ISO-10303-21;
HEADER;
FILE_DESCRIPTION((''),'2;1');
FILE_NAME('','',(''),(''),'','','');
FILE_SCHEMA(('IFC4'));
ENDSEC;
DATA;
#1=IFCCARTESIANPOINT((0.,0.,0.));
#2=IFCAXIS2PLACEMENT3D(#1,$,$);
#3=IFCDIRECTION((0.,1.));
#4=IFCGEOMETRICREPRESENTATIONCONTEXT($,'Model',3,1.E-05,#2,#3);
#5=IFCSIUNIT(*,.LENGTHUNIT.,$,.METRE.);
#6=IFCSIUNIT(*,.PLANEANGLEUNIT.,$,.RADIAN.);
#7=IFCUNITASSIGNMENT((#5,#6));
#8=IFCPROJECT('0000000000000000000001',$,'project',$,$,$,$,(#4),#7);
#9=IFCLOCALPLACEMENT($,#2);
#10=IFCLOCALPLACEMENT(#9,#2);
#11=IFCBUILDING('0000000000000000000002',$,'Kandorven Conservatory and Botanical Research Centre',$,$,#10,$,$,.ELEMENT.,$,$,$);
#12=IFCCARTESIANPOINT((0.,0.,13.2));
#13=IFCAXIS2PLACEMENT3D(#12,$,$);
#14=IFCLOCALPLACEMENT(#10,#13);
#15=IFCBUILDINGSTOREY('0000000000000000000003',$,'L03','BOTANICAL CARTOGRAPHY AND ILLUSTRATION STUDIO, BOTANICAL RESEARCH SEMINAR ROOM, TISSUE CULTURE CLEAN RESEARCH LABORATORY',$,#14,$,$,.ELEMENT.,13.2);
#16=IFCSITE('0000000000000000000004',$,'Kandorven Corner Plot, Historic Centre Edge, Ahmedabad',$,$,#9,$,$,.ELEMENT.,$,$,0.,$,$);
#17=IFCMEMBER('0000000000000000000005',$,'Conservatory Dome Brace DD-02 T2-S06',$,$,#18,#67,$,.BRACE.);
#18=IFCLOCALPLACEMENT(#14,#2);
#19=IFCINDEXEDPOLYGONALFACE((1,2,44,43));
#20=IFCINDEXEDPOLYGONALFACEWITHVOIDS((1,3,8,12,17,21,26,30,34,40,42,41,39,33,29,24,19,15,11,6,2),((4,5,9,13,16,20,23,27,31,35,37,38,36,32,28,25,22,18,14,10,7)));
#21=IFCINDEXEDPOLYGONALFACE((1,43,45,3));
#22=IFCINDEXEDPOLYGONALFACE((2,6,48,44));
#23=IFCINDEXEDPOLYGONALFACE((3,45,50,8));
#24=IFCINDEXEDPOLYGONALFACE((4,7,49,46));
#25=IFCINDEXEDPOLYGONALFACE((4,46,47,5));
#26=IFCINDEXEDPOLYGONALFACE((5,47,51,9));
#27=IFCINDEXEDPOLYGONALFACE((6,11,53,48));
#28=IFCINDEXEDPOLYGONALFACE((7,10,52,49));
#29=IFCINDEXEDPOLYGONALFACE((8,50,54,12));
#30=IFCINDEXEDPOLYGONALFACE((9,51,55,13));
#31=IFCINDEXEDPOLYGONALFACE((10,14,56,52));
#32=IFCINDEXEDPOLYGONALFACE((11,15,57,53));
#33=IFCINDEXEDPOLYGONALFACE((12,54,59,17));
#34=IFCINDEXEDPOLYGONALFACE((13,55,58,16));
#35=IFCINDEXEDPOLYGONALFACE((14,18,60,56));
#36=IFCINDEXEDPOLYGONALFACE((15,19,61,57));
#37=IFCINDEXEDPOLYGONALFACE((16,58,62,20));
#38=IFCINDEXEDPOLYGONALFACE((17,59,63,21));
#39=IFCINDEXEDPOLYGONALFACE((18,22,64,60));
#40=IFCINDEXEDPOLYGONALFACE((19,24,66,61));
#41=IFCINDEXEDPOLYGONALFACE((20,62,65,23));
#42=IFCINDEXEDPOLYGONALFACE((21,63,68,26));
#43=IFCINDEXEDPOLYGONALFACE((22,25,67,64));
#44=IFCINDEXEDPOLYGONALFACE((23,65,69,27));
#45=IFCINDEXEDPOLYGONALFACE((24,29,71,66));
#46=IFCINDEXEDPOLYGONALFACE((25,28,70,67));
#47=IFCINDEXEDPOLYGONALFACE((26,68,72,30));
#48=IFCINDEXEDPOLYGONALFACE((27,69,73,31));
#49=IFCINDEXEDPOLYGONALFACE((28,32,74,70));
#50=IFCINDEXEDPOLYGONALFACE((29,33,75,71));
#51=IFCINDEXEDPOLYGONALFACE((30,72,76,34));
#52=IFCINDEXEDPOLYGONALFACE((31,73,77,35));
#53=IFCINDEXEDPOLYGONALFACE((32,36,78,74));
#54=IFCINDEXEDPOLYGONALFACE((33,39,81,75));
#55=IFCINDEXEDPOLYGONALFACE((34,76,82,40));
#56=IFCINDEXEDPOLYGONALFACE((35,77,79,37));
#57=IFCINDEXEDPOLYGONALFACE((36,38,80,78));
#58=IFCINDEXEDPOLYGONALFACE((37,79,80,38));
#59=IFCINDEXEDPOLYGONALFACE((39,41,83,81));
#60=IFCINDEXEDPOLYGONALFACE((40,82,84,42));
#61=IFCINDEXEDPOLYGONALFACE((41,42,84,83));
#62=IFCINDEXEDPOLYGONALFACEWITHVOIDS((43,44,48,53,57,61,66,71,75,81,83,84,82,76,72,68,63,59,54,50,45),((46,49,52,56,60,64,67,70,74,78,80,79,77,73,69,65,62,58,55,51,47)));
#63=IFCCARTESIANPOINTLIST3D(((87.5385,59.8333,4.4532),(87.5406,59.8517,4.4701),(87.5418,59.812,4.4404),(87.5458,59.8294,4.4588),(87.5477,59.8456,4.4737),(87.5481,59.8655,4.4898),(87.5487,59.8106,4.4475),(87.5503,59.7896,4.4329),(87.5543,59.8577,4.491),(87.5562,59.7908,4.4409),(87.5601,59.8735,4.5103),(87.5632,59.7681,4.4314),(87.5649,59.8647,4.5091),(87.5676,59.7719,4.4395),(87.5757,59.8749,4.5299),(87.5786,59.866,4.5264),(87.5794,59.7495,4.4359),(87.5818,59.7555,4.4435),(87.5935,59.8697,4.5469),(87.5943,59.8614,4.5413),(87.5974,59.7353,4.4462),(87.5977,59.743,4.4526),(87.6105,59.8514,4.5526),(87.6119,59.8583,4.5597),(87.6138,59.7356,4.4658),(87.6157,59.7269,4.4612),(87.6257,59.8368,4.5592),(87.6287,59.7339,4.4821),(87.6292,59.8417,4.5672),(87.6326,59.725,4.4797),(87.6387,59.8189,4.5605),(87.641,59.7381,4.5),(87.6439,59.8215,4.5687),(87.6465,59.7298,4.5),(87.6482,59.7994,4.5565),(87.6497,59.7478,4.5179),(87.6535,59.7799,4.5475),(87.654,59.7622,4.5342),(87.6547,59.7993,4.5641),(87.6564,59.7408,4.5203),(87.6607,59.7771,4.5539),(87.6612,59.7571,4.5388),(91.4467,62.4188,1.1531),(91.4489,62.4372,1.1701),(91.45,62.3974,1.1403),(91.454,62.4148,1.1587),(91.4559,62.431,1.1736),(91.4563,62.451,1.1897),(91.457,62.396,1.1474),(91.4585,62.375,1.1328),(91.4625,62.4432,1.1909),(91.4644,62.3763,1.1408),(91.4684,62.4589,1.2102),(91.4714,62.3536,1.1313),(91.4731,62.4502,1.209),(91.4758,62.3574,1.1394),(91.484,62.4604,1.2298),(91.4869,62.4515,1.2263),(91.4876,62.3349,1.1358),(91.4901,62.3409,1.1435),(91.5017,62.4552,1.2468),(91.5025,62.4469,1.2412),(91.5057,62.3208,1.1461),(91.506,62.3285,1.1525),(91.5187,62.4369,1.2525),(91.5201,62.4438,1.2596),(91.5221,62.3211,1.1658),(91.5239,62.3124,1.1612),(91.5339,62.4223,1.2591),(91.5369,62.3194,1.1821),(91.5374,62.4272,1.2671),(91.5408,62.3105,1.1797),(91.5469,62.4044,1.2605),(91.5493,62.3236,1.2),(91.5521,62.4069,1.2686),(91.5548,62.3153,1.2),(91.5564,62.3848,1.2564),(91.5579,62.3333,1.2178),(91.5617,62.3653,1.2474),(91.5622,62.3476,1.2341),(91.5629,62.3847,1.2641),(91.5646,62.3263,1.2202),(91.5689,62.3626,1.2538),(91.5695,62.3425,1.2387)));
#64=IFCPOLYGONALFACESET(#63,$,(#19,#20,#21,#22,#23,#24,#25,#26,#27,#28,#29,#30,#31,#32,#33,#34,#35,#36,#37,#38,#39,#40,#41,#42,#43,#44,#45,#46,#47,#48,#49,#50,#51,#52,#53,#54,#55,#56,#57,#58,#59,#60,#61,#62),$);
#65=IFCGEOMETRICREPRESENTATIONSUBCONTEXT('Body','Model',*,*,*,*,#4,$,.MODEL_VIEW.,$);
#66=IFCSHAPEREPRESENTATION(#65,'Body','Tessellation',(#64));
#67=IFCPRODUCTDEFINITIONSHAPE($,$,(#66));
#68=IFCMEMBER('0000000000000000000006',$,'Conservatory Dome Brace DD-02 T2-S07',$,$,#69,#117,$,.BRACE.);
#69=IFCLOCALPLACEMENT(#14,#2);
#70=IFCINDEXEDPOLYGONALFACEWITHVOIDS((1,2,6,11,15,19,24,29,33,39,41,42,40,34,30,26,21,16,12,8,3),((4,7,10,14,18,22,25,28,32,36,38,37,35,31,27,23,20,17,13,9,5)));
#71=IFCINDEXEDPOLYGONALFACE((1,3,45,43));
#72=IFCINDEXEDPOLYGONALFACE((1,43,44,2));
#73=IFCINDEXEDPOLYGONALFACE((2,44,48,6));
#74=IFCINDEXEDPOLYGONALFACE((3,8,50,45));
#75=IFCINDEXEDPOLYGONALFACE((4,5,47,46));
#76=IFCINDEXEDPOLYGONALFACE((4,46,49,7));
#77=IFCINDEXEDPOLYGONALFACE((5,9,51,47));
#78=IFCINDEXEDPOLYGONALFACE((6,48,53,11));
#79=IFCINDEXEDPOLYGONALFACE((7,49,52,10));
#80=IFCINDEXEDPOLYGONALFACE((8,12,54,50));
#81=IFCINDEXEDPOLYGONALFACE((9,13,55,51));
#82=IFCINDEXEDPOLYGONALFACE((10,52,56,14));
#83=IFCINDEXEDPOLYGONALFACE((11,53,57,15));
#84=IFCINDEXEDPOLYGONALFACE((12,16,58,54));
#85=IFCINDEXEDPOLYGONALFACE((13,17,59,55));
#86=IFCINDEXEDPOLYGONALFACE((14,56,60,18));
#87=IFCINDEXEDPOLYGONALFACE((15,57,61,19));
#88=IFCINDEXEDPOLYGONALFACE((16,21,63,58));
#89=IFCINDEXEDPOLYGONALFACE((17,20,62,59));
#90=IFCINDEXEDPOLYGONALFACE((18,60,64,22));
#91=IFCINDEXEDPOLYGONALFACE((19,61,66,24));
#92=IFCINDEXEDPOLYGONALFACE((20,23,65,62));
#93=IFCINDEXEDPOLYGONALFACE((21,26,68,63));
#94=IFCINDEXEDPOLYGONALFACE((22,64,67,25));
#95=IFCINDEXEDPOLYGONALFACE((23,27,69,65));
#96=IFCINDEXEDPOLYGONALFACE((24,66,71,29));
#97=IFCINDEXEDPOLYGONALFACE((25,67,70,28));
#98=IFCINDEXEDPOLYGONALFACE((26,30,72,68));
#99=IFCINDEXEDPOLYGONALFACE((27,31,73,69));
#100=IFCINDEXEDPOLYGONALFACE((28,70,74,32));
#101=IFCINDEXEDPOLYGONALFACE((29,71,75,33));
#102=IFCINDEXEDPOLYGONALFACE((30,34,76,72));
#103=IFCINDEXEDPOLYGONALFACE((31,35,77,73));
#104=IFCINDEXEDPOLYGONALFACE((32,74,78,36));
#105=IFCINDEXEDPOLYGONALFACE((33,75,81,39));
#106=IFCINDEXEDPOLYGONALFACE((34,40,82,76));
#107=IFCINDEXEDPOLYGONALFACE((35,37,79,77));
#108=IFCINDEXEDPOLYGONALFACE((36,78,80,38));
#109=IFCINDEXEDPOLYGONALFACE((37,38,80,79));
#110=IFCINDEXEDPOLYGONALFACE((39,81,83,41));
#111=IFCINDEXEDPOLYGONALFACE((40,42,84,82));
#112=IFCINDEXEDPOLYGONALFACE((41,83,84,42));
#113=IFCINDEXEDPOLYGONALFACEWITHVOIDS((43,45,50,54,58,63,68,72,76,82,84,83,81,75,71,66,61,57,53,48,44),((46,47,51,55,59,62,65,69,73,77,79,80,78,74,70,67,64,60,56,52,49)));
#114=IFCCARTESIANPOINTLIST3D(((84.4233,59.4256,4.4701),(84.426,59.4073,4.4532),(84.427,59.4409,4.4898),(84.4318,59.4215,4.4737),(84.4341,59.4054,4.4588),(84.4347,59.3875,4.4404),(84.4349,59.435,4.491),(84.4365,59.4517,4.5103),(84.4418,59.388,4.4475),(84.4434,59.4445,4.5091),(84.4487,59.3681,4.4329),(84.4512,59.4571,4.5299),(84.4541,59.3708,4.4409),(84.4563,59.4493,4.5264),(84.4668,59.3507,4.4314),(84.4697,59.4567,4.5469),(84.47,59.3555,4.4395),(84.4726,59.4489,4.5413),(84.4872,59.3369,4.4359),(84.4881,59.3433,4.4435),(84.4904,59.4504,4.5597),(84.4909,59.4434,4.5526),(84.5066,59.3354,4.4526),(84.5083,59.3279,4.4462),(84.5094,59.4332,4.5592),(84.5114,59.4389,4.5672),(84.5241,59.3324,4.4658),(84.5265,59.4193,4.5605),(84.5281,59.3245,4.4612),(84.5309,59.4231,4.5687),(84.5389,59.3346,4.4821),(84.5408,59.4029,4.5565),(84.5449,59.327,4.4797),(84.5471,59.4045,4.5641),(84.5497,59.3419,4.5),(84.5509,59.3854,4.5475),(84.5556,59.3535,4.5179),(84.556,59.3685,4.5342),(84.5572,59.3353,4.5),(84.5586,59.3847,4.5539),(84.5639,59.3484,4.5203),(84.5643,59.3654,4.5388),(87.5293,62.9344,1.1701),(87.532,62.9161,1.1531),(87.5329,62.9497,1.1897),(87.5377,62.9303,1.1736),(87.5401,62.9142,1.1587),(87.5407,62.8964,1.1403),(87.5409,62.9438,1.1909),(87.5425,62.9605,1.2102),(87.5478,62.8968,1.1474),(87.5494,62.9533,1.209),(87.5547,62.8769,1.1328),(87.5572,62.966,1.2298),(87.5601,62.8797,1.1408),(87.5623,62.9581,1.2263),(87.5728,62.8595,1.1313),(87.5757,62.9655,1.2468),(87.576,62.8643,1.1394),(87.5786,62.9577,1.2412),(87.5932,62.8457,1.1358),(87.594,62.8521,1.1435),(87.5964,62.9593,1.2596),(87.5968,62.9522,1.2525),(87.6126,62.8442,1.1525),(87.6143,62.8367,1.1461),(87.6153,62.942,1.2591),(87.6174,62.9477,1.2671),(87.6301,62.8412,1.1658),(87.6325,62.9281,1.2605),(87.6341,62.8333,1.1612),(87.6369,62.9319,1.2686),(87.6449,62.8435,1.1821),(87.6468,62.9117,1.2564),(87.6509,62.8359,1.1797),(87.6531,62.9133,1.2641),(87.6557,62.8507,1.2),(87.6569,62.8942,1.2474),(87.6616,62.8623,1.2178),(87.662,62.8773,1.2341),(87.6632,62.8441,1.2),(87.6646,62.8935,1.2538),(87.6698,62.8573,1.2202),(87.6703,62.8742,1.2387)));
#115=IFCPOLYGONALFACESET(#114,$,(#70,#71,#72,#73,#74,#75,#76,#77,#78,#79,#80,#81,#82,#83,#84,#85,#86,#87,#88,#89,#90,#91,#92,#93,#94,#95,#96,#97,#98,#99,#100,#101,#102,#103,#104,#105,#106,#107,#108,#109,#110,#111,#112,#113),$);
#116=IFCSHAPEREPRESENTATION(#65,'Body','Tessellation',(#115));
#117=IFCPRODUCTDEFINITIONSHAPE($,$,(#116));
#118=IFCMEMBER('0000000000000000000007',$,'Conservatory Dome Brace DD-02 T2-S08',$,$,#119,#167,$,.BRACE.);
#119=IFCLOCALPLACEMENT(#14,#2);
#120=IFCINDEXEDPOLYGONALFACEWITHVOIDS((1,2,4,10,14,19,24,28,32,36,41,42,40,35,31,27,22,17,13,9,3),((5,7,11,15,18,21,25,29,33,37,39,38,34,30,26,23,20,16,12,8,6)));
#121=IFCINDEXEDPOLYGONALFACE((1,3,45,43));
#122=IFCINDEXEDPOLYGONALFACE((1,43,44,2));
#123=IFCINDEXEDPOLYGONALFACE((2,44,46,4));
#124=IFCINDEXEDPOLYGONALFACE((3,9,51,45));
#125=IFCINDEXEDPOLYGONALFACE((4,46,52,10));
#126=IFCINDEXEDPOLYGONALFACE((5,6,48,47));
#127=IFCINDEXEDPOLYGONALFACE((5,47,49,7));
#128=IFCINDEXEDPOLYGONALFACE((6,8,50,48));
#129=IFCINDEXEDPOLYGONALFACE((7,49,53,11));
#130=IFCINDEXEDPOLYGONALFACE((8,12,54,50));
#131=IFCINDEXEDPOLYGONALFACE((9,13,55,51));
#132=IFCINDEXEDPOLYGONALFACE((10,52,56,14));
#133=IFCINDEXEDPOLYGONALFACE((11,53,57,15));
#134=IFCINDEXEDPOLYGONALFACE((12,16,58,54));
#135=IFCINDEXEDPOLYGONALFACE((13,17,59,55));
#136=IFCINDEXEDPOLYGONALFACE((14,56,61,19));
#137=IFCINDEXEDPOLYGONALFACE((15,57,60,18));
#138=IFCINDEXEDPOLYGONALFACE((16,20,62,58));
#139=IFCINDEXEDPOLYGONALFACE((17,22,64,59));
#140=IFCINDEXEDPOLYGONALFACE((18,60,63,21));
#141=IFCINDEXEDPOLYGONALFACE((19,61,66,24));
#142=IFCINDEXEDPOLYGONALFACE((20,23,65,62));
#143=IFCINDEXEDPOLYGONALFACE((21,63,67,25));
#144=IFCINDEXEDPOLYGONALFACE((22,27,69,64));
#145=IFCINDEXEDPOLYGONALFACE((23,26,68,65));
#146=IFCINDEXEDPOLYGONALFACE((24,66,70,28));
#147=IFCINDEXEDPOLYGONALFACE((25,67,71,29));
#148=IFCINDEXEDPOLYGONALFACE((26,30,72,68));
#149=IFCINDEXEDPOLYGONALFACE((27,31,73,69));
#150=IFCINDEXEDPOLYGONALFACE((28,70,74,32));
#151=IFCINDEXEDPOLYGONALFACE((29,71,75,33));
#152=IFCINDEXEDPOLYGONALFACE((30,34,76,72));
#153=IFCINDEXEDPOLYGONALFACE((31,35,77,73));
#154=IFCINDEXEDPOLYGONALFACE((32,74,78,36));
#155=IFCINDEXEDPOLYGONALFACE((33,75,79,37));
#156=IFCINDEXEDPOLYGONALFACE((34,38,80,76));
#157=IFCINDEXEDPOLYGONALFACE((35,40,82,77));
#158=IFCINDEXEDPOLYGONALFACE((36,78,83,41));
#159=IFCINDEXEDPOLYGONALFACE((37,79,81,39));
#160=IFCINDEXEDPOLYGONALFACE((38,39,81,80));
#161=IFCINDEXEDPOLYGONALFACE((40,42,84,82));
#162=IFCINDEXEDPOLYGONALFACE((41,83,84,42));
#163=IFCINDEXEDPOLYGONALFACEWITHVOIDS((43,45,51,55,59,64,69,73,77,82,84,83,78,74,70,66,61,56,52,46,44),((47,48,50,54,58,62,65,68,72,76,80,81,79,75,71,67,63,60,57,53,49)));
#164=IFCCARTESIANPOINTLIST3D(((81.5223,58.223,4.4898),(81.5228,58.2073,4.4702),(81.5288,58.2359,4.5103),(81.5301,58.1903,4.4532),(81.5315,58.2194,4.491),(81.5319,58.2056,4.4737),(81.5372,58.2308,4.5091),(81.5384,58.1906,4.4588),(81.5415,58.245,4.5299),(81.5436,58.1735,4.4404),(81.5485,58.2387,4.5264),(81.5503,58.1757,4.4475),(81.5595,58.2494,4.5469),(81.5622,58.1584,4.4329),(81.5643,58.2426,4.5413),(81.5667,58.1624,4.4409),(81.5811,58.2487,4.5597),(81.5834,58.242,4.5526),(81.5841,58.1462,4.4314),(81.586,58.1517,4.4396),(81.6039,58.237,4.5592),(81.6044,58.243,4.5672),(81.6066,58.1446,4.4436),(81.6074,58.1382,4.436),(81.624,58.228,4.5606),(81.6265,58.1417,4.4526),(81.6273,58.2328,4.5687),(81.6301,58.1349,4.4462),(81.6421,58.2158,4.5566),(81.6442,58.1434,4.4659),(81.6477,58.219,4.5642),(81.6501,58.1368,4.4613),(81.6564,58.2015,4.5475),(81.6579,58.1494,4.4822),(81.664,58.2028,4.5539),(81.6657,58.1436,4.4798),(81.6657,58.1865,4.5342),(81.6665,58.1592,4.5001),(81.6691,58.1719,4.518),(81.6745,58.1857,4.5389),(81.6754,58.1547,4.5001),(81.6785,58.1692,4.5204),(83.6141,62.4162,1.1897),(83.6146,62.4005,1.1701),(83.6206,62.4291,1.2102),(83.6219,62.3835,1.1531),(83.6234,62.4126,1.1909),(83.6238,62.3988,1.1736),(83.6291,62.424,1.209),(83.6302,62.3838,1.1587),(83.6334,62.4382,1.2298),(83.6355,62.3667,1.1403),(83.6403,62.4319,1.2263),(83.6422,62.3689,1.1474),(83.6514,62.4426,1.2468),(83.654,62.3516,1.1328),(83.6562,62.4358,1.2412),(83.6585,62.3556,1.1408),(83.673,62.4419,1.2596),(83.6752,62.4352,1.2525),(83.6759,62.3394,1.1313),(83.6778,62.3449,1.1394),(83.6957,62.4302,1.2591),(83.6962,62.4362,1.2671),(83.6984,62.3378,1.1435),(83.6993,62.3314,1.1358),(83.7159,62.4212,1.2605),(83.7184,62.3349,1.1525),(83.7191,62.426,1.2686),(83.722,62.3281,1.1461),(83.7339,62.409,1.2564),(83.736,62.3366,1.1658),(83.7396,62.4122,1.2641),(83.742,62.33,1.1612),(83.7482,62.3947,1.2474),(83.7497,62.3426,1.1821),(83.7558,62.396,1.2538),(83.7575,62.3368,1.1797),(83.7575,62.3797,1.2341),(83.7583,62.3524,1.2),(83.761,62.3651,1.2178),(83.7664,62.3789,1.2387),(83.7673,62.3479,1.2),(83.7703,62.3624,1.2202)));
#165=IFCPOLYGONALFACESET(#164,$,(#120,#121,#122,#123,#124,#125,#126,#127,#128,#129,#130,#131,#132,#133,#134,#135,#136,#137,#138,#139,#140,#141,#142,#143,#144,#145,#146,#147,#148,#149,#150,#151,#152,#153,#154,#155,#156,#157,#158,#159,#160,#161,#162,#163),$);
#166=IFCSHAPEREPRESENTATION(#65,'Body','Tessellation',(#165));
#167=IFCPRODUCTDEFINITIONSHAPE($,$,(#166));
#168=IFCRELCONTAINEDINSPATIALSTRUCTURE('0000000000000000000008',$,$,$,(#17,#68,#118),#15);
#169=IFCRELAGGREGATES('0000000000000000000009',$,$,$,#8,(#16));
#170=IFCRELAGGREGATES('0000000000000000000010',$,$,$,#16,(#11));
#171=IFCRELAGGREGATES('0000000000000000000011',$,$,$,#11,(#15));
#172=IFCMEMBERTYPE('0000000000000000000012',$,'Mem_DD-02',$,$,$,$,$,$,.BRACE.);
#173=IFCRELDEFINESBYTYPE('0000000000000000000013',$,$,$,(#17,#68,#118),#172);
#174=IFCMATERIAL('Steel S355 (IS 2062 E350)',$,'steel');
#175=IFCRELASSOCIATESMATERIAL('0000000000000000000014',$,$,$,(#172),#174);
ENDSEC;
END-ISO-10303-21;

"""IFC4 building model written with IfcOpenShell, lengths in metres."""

from ifc_helpers import new_model, si_unit, direction, frame, origin, origin_2d, place, context, subcontext, project, spatial, hollow_circle, extrude, material, material_profile, profile_set, type_object, element, save


model = new_model("IFC4")

# Units and contexts
model_context = context("Model", 3, precision=1e-05, world=origin(), true_north=direction((0.0, 1.0)))
body_context = subcontext(model_context, "Body", "Model", "MODEL_VIEW")
ifc_project = project(units=[si_unit("LENGTHUNIT", "METRE"), si_unit("PLANEANGLEUNIT", "RADIAN")], contexts=[model_context])

# Site, building, storey
site_placement = place(None, origin())
site = spatial("IfcSite", under=ifc_project, at=site_placement, Name="Kandorven Corner Plot, Historic Centre Edge, Ahmedabad", CompositionType="ELEMENT", RefElevation=0.0)
building_placement = place(site_placement, origin())
building = spatial("IfcBuilding", under=site, at=building_placement, Name="Kandorven Conservatory and Botanical Research Centre", CompositionType="ELEMENT")
storey_placement = place(building_placement, frame((0.0, 0.0, 13.2)))
storey = spatial("IfcBuildingStorey", under=building, at=storey_placement, Name="L03", Description="BOTANICAL CARTOGRAPHY AND ILLUSTRATION STUDIO, BOTANICAL RESEARCH SEMINAR ROOM, TISSUE CULTURE CLEAN RESEARCH LABORATORY", CompositionType="ELEMENT", Elevation=13.2)

# Members
ifc_material_1 = material(Name="Steel S355 (IS 2062 E350)", Category="steel")
ifc_material_profile_1 = material_profile(ifc_material_1, hollow_circle(Radius=0.0842, WallThickness=0.01, at=origin_2d()))
ifc_profile_set_1 = profile_set([ifc_material_profile_1], Name="Steel S355 (IS 2062 E350)")
member_type_1 = type_object("IfcMemberType", Name="Mem_DD-02", PredefinedType="BRACE", material=ifc_profile_set_1)
for number, where, z_axis, x_axis, name in (
    (1, (91.5083, 62.3855, 1.2), (-0.681894, -0.451103, 0.575784), (0.551739, -0.834017, 0.0), "Conservatory Dome Brace DD-02 T2-S06"),
    (2, (87.6001, 62.8999, 1.2), (-0.54192, -0.612205, 0.575785), (0.748782, -0.662817, 0.0), "Conservatory Dome Brace DD-02 T2-S07"),
    (3, (83.6919, 62.3855, 1.2), (-0.364976, -0.731613, 0.575791), (0.894833, -0.446401, 0.0), "Conservatory Dome Brace DD-02 T2-S08"),
):
    element("IfcMember", number, at=place(storey_placement, frame(where, z_axis=z_axis, x_axis=x_axis)), inside=storey, type_object=member_type_1, Name=name, PredefinedType="BRACE", context=body_context, shape_type="SweptSolid", body=[
        extrude(hollow_circle(Radius=0.0842, WallThickness=0.01, at=origin_2d()), origin(), (0.0, 0.0, 1.0), 5.7314),
    ])

save(model, "model.ifc")
